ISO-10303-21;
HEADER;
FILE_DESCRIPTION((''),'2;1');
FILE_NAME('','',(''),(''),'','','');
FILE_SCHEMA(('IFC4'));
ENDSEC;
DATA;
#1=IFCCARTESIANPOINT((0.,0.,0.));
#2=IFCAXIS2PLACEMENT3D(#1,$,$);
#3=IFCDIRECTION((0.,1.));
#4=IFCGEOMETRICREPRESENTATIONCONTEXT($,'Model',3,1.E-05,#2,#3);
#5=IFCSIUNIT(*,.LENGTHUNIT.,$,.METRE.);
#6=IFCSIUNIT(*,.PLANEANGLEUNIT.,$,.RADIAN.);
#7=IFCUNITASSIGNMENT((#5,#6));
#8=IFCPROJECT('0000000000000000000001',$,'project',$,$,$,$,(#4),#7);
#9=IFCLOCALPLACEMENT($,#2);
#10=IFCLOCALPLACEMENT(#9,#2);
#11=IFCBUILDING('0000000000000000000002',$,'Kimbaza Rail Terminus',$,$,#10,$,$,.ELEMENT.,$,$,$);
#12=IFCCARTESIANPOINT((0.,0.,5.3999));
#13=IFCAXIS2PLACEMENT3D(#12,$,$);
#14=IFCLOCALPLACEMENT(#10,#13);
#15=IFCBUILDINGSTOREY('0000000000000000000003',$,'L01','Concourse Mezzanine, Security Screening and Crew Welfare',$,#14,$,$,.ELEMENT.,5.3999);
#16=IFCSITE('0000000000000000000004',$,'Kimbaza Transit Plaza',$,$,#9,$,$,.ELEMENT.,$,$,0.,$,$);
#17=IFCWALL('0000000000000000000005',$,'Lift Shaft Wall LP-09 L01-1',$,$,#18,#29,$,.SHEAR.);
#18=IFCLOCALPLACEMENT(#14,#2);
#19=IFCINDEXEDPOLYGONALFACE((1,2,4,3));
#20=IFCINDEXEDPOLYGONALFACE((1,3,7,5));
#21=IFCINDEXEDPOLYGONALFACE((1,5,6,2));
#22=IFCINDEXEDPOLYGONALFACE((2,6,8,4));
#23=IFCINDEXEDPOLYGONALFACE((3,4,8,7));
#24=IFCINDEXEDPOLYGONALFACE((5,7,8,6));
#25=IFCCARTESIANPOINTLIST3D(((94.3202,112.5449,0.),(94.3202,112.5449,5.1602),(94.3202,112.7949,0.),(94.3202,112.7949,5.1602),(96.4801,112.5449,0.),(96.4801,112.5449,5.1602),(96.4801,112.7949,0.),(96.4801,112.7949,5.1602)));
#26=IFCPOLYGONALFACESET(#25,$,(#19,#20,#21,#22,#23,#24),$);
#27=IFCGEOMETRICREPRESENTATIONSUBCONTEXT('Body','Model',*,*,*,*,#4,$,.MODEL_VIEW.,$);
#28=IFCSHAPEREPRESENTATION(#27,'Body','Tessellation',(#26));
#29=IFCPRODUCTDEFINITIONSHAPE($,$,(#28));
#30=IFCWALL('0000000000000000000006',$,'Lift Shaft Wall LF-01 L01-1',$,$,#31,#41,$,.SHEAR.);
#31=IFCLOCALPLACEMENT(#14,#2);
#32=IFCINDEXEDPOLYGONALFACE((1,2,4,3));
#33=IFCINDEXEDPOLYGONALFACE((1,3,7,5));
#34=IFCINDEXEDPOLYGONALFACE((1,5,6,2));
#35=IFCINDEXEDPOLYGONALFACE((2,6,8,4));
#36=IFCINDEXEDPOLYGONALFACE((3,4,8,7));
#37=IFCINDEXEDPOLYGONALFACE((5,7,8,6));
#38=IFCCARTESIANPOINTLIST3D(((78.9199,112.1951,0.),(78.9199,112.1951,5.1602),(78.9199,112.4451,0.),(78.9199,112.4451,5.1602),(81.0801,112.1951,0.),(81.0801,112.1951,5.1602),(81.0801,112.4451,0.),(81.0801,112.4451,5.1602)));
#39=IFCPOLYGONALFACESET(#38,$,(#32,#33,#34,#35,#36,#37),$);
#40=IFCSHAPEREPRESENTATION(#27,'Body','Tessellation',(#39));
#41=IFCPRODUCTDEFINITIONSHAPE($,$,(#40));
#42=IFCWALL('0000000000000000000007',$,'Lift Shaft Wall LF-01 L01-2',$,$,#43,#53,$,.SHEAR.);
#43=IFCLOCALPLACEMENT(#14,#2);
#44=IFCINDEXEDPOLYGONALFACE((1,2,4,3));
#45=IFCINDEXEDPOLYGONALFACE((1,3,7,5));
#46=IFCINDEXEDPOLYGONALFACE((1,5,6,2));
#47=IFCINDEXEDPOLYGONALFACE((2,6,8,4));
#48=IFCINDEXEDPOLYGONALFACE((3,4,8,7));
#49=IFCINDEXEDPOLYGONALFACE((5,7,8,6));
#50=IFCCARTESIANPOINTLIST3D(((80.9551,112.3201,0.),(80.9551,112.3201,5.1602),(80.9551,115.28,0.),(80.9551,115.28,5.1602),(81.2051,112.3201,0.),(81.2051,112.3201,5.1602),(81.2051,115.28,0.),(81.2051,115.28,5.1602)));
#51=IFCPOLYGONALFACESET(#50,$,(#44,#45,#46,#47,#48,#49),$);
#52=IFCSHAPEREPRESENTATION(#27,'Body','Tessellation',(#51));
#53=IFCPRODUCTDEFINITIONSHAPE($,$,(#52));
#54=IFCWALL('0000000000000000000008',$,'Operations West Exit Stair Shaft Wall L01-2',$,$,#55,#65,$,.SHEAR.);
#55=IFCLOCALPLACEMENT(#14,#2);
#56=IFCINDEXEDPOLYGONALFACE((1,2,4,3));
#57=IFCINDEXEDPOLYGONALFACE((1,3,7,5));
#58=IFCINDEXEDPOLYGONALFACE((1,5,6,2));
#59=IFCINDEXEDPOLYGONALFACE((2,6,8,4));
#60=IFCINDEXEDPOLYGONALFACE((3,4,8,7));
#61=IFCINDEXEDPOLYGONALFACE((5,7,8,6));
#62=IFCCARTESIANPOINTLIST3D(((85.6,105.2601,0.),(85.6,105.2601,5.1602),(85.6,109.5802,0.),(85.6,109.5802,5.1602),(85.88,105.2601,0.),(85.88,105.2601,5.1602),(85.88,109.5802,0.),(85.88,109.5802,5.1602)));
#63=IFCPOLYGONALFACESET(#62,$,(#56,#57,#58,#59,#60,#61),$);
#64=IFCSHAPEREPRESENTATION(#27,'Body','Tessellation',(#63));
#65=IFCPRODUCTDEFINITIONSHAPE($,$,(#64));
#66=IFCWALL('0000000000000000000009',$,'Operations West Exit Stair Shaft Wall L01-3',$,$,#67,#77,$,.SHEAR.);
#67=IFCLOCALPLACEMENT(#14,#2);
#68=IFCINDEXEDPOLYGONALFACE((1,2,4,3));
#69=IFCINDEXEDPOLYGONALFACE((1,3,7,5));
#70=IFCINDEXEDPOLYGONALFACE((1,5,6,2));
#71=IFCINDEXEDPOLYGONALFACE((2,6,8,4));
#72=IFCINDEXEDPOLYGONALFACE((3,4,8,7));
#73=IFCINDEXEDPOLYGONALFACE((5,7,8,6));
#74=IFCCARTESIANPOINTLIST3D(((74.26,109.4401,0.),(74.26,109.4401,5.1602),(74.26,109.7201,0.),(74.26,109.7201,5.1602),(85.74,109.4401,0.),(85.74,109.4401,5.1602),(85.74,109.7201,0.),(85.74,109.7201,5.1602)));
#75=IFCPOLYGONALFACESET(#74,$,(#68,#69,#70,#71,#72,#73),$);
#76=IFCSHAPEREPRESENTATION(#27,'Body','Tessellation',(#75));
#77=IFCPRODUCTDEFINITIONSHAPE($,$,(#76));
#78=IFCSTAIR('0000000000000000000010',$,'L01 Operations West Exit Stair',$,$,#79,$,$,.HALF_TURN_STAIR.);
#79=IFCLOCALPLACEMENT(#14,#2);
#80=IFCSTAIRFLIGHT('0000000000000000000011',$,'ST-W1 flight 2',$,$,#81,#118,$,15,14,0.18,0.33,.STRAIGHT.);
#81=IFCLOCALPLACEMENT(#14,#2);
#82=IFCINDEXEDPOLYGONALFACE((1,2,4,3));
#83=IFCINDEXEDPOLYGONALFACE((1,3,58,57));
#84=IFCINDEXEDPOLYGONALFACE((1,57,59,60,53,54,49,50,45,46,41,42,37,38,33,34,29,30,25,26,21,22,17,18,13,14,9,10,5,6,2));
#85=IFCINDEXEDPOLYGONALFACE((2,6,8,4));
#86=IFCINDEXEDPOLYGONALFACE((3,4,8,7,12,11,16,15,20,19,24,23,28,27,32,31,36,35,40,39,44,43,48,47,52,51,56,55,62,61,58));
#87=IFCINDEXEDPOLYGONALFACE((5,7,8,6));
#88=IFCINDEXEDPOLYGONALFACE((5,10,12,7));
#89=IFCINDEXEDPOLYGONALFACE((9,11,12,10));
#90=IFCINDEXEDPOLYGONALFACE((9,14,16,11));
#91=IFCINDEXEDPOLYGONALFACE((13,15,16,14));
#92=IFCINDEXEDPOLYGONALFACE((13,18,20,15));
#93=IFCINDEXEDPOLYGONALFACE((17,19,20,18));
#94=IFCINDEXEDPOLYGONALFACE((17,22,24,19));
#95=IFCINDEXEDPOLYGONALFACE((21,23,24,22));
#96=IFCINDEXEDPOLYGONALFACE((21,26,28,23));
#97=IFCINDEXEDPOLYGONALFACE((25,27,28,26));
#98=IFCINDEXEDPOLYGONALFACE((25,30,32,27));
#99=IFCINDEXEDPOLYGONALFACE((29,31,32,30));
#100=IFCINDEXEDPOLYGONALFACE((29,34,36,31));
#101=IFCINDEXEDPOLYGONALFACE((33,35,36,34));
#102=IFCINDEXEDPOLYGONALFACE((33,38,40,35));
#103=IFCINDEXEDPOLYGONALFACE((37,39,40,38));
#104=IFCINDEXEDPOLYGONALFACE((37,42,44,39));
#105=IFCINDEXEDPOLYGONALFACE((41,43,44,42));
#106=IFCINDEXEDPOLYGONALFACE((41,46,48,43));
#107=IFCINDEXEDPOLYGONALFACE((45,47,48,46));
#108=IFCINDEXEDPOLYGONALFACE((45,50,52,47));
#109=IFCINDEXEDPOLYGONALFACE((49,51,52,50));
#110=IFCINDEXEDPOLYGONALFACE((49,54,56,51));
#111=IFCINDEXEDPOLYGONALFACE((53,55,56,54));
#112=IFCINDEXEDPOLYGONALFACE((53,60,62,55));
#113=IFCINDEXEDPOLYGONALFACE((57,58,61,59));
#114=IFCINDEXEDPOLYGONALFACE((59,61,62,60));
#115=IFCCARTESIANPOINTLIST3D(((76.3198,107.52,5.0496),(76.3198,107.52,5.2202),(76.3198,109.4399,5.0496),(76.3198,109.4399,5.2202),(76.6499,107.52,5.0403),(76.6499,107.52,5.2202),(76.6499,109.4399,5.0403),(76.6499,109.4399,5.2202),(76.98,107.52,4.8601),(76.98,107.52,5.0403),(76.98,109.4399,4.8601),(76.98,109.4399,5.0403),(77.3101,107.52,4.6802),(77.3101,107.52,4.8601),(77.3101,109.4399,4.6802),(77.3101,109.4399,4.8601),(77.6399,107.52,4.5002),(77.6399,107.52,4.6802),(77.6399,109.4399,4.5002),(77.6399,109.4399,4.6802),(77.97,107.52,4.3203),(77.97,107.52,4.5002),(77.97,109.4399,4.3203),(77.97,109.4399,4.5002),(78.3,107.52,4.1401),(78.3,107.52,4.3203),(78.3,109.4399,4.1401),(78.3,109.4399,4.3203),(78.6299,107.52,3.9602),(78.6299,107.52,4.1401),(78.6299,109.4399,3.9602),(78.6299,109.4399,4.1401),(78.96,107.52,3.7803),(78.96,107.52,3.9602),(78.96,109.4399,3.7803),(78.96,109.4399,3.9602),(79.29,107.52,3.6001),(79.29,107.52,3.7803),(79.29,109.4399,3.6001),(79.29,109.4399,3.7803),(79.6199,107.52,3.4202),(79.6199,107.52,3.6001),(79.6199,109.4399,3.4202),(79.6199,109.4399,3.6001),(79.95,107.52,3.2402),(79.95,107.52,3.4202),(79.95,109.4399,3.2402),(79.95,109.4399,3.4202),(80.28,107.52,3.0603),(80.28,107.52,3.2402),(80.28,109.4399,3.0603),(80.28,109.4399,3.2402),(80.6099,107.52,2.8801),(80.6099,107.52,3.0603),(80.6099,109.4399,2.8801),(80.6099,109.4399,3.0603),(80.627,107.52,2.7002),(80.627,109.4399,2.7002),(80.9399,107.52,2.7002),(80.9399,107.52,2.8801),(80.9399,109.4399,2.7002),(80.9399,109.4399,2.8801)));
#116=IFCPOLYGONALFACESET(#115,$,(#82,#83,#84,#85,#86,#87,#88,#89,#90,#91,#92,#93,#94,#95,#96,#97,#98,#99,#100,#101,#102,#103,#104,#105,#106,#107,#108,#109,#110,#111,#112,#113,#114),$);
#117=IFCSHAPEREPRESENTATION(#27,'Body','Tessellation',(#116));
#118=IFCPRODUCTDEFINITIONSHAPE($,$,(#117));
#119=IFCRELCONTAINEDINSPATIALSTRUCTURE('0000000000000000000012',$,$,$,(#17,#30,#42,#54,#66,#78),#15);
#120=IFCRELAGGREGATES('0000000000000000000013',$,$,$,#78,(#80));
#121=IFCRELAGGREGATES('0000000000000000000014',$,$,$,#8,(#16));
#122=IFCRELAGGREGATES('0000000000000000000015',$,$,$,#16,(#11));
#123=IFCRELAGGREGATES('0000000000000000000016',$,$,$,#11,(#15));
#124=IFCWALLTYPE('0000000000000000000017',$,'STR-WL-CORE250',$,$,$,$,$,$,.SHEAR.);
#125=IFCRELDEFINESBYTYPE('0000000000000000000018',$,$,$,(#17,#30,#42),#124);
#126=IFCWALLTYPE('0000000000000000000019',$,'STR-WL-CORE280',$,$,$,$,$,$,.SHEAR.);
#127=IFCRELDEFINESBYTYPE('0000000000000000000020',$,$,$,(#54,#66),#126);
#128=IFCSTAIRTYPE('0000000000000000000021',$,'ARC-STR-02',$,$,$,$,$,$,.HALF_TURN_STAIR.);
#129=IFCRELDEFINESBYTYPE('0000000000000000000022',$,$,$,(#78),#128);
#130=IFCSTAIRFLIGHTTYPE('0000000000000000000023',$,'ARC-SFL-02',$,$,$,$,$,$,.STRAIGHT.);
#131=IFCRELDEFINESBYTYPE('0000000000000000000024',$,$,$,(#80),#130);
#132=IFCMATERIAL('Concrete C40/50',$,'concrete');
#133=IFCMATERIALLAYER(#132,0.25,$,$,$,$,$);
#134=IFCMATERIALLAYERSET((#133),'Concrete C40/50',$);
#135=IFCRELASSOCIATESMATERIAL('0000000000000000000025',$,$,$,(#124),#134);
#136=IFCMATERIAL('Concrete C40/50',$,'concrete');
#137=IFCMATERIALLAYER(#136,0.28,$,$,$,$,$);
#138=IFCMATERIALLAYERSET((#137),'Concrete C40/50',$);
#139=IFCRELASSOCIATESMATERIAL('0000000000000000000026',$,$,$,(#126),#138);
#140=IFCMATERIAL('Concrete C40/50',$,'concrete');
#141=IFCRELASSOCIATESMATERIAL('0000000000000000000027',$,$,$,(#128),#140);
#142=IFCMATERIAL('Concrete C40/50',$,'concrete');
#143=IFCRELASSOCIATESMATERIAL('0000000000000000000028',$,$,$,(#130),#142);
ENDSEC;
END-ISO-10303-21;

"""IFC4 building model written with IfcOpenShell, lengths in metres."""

from ifc_helpers import new_model, si_unit, direction, frame, frame_2d, origin, place, context, subcontext, project, spatial, polyline, rectangle, outline, extrude, material, layer, layer_set, type_object, element, aggregate, save


model = new_model("IFC4")

# Units and contexts
model_context = context("Model", 3, precision=1e-05, world=origin(), true_north=direction((0.0, 1.0)))
body_context = subcontext(model_context, "Body", "Model", "MODEL_VIEW")
ifc_project = project(units=[si_unit("LENGTHUNIT", "METRE"), si_unit("PLANEANGLEUNIT", "RADIAN")], contexts=[model_context])

# Site, building, storey
site_placement = place(None, origin())
site = spatial("IfcSite", under=ifc_project, at=site_placement, Name="Kimbaza Transit Plaza", CompositionType="ELEMENT", RefElevation=0.0)
building_placement = place(site_placement, origin())
building = spatial("IfcBuilding", under=site, at=building_placement, Name="Kimbaza Rail Terminus", CompositionType="ELEMENT")
storey_placement = place(building_placement, frame((0.0, 0.0, 5.3999)))
storey = spatial("IfcBuildingStorey", under=building, at=storey_placement, Name="L01", Description="Concourse Mezzanine, Security Screening and Crew Welfare", CompositionType="ELEMENT", Elevation=5.3999)

# Walls
ifc_material_1 = material(Name="Concrete C40/50", Category="concrete")
ifc_layer_1 = layer(ifc_material_1, 0.25)
ifc_layer_set_1 = layer_set([ifc_layer_1], Name="Concrete C40/50")
wall_type_1 = type_object("IfcWallType", Name="STR-WL-CORE250", PredefinedType="SHEAR", material=ifc_layer_set_1)
wall_1_placement = place(storey_placement, frame((94.3201, 112.6699, 0.0), z_axis=(0.0, 0.0, 1.0), x_axis=(1.0, 0.0, 0.0)))
element("IfcWall", 1, at=wall_1_placement, inside=storey, type_object=wall_type_1, Name="Lift Shaft Wall LP-09 L01-1", PredefinedType="SHEAR", context=body_context, shape_type="SweptSolid", body=[
    extrude(rectangle(XDim=2.1599, YDim=0.25, at=frame_2d((1.0801, 0.0))), origin(), (0.0, 0.0, 1.0), 5.1602),
])
wall_2_placement = place(storey_placement, frame((78.9199, 112.3201, 0.0), z_axis=(0.0, 0.0, 1.0), x_axis=(1.0, 0.0, 0.0)))
element("IfcWall", 2, at=wall_2_placement, inside=storey, type_object=wall_type_1, Name="Lift Shaft Wall LF-01 L01-1", PredefinedType="SHEAR", context=body_context, shape_type="SweptSolid", body=[
    extrude(rectangle(XDim=2.1602, YDim=0.25, at=frame_2d((1.0801, 0.0))), origin(), (0.0, 0.0, 1.0), 5.1602),
])
wall_3_placement = place(storey_placement, frame((81.0801, 112.3201, 0.0), z_axis=(0.0, 0.0, 1.0), x_axis=(0.0, 1.0, 0.0)))
element("IfcWall", 3, at=wall_3_placement, inside=storey, type_object=wall_type_1, Name="Lift Shaft Wall LF-01 L01-2", PredefinedType="SHEAR", context=body_context, shape_type="SweptSolid", body=[
    extrude(rectangle(XDim=2.96, YDim=0.25, at=frame_2d((1.48, 0.0))), origin(), (0.0, 0.0, 1.0), 5.1602),
])
ifc_material_2 = material(Name="Concrete C40/50", Category="concrete")
ifc_layer_2 = layer(ifc_material_2, 0.28)
ifc_layer_set_2 = layer_set([ifc_layer_2], Name="Concrete C40/50")
wall_type_2 = type_object("IfcWallType", Name="STR-WL-CORE280", PredefinedType="SHEAR", material=ifc_layer_set_2)
wall_4_placement = place(storey_placement, frame((85.74, 105.26, 0.0), z_axis=(0.0, 0.0, 1.0), x_axis=(0.0, 1.0, 0.0)))
element("IfcWall", 4, at=wall_4_placement, inside=storey, type_object=wall_type_2, Name="Operations West Exit Stair Shaft Wall L01-2", PredefinedType="SHEAR", context=body_context, shape_type="SweptSolid", body=[
    extrude(rectangle(XDim=4.3201, YDim=0.28, at=frame_2d((2.1602, 0.0))), origin(), (0.0, 0.0, 1.0), 5.1602),
])
wall_5_placement = place(storey_placement, frame((85.74, 109.5801, 0.0), z_axis=(0.0, 0.0, 1.0), x_axis=(-1.0, 0.0, 0.0)))
element("IfcWall", 5, at=wall_5_placement, inside=storey, type_object=wall_type_2, Name="Operations West Exit Stair Shaft Wall L01-3", PredefinedType="SHEAR", context=body_context, shape_type="SweptSolid", body=[
    extrude(rectangle(XDim=11.48, YDim=0.28, at=frame_2d((5.74, 0.0))), origin(), (0.0, 0.0, 1.0), 5.1602),
])

# Stair, stair flight
ifc_material_3 = material(Name="Concrete C40/50", Category="concrete")
stair_type = type_object("IfcStairType", Name="ARC-STR-02", PredefinedType="HALF_TURN_STAIR", material=ifc_material_3)
stair_placement = place(storey_placement, origin())
stair = element("IfcStair", 6, at=stair_placement, inside=storey, type_object=stair_type, Name="L01 Operations West Exit Stair", PredefinedType="HALF_TURN_STAIR")
ifc_material_4 = material(Name="Concrete C40/50", Category="concrete")
stair_flight_type = type_object("IfcStairFlightType", Name="ARC-SFL-02", PredefinedType="STRAIGHT", material=ifc_material_4)
stair_flight_placement = place(storey_placement, frame((80.9399, 108.48, 2.7002), z_axis=(0.0, 0.0, 1.0), x_axis=(-1.0, 0.0, 0.0)))
stair_flight = element("IfcStairFlight", 7, at=stair_flight_placement, type_object=stair_flight_type, Name="ST-W1 flight 2", NumberOfRisers=15, NumberOfTreads=14, PredefinedType="STRAIGHT", RiserHeight=0.18, TreadLength=0.33, context=body_context, shape_type="SweptSolid", body=[
    extrude(outline(polyline([(0.0, 0.0), (0.0, 0.1799), (0.3301, 0.1799), (0.3301, 0.3601), (0.6599, 0.3601), (0.6599, 0.54), (0.99, 0.54), (0.99, 0.72), (1.3201, 0.72), (1.3201, 0.8999), (1.6499, 0.8999), (1.6499, 1.0801), (1.98, 1.0801), (1.98, 1.26), (2.3101, 1.26), (2.3101, 1.4399), (2.6399, 1.4399), (2.6399, 1.6201), (2.97, 1.6201), (2.97, 1.8), (3.3, 1.8), (3.3, 1.98), (3.6299, 1.98), (3.6299, 2.1599), (3.96, 2.1599), (3.96, 2.3401), (4.29, 2.3401), (4.29, 2.52), (4.6201, 2.52), (4.6201, 2.7), (4.6201, 2.3494), (0.313, 0.0), (0.0, 0.0)])), frame((0.0, 0.96, 0.0), z_axis=(0.0, -1.0, 0.0), x_axis=(1.0, 0.0, 0.0)), (0.0, 0.0, 1.0), 1.9199),
])
aggregate(stair, [stair_flight])

save(model, "model.ifc")
